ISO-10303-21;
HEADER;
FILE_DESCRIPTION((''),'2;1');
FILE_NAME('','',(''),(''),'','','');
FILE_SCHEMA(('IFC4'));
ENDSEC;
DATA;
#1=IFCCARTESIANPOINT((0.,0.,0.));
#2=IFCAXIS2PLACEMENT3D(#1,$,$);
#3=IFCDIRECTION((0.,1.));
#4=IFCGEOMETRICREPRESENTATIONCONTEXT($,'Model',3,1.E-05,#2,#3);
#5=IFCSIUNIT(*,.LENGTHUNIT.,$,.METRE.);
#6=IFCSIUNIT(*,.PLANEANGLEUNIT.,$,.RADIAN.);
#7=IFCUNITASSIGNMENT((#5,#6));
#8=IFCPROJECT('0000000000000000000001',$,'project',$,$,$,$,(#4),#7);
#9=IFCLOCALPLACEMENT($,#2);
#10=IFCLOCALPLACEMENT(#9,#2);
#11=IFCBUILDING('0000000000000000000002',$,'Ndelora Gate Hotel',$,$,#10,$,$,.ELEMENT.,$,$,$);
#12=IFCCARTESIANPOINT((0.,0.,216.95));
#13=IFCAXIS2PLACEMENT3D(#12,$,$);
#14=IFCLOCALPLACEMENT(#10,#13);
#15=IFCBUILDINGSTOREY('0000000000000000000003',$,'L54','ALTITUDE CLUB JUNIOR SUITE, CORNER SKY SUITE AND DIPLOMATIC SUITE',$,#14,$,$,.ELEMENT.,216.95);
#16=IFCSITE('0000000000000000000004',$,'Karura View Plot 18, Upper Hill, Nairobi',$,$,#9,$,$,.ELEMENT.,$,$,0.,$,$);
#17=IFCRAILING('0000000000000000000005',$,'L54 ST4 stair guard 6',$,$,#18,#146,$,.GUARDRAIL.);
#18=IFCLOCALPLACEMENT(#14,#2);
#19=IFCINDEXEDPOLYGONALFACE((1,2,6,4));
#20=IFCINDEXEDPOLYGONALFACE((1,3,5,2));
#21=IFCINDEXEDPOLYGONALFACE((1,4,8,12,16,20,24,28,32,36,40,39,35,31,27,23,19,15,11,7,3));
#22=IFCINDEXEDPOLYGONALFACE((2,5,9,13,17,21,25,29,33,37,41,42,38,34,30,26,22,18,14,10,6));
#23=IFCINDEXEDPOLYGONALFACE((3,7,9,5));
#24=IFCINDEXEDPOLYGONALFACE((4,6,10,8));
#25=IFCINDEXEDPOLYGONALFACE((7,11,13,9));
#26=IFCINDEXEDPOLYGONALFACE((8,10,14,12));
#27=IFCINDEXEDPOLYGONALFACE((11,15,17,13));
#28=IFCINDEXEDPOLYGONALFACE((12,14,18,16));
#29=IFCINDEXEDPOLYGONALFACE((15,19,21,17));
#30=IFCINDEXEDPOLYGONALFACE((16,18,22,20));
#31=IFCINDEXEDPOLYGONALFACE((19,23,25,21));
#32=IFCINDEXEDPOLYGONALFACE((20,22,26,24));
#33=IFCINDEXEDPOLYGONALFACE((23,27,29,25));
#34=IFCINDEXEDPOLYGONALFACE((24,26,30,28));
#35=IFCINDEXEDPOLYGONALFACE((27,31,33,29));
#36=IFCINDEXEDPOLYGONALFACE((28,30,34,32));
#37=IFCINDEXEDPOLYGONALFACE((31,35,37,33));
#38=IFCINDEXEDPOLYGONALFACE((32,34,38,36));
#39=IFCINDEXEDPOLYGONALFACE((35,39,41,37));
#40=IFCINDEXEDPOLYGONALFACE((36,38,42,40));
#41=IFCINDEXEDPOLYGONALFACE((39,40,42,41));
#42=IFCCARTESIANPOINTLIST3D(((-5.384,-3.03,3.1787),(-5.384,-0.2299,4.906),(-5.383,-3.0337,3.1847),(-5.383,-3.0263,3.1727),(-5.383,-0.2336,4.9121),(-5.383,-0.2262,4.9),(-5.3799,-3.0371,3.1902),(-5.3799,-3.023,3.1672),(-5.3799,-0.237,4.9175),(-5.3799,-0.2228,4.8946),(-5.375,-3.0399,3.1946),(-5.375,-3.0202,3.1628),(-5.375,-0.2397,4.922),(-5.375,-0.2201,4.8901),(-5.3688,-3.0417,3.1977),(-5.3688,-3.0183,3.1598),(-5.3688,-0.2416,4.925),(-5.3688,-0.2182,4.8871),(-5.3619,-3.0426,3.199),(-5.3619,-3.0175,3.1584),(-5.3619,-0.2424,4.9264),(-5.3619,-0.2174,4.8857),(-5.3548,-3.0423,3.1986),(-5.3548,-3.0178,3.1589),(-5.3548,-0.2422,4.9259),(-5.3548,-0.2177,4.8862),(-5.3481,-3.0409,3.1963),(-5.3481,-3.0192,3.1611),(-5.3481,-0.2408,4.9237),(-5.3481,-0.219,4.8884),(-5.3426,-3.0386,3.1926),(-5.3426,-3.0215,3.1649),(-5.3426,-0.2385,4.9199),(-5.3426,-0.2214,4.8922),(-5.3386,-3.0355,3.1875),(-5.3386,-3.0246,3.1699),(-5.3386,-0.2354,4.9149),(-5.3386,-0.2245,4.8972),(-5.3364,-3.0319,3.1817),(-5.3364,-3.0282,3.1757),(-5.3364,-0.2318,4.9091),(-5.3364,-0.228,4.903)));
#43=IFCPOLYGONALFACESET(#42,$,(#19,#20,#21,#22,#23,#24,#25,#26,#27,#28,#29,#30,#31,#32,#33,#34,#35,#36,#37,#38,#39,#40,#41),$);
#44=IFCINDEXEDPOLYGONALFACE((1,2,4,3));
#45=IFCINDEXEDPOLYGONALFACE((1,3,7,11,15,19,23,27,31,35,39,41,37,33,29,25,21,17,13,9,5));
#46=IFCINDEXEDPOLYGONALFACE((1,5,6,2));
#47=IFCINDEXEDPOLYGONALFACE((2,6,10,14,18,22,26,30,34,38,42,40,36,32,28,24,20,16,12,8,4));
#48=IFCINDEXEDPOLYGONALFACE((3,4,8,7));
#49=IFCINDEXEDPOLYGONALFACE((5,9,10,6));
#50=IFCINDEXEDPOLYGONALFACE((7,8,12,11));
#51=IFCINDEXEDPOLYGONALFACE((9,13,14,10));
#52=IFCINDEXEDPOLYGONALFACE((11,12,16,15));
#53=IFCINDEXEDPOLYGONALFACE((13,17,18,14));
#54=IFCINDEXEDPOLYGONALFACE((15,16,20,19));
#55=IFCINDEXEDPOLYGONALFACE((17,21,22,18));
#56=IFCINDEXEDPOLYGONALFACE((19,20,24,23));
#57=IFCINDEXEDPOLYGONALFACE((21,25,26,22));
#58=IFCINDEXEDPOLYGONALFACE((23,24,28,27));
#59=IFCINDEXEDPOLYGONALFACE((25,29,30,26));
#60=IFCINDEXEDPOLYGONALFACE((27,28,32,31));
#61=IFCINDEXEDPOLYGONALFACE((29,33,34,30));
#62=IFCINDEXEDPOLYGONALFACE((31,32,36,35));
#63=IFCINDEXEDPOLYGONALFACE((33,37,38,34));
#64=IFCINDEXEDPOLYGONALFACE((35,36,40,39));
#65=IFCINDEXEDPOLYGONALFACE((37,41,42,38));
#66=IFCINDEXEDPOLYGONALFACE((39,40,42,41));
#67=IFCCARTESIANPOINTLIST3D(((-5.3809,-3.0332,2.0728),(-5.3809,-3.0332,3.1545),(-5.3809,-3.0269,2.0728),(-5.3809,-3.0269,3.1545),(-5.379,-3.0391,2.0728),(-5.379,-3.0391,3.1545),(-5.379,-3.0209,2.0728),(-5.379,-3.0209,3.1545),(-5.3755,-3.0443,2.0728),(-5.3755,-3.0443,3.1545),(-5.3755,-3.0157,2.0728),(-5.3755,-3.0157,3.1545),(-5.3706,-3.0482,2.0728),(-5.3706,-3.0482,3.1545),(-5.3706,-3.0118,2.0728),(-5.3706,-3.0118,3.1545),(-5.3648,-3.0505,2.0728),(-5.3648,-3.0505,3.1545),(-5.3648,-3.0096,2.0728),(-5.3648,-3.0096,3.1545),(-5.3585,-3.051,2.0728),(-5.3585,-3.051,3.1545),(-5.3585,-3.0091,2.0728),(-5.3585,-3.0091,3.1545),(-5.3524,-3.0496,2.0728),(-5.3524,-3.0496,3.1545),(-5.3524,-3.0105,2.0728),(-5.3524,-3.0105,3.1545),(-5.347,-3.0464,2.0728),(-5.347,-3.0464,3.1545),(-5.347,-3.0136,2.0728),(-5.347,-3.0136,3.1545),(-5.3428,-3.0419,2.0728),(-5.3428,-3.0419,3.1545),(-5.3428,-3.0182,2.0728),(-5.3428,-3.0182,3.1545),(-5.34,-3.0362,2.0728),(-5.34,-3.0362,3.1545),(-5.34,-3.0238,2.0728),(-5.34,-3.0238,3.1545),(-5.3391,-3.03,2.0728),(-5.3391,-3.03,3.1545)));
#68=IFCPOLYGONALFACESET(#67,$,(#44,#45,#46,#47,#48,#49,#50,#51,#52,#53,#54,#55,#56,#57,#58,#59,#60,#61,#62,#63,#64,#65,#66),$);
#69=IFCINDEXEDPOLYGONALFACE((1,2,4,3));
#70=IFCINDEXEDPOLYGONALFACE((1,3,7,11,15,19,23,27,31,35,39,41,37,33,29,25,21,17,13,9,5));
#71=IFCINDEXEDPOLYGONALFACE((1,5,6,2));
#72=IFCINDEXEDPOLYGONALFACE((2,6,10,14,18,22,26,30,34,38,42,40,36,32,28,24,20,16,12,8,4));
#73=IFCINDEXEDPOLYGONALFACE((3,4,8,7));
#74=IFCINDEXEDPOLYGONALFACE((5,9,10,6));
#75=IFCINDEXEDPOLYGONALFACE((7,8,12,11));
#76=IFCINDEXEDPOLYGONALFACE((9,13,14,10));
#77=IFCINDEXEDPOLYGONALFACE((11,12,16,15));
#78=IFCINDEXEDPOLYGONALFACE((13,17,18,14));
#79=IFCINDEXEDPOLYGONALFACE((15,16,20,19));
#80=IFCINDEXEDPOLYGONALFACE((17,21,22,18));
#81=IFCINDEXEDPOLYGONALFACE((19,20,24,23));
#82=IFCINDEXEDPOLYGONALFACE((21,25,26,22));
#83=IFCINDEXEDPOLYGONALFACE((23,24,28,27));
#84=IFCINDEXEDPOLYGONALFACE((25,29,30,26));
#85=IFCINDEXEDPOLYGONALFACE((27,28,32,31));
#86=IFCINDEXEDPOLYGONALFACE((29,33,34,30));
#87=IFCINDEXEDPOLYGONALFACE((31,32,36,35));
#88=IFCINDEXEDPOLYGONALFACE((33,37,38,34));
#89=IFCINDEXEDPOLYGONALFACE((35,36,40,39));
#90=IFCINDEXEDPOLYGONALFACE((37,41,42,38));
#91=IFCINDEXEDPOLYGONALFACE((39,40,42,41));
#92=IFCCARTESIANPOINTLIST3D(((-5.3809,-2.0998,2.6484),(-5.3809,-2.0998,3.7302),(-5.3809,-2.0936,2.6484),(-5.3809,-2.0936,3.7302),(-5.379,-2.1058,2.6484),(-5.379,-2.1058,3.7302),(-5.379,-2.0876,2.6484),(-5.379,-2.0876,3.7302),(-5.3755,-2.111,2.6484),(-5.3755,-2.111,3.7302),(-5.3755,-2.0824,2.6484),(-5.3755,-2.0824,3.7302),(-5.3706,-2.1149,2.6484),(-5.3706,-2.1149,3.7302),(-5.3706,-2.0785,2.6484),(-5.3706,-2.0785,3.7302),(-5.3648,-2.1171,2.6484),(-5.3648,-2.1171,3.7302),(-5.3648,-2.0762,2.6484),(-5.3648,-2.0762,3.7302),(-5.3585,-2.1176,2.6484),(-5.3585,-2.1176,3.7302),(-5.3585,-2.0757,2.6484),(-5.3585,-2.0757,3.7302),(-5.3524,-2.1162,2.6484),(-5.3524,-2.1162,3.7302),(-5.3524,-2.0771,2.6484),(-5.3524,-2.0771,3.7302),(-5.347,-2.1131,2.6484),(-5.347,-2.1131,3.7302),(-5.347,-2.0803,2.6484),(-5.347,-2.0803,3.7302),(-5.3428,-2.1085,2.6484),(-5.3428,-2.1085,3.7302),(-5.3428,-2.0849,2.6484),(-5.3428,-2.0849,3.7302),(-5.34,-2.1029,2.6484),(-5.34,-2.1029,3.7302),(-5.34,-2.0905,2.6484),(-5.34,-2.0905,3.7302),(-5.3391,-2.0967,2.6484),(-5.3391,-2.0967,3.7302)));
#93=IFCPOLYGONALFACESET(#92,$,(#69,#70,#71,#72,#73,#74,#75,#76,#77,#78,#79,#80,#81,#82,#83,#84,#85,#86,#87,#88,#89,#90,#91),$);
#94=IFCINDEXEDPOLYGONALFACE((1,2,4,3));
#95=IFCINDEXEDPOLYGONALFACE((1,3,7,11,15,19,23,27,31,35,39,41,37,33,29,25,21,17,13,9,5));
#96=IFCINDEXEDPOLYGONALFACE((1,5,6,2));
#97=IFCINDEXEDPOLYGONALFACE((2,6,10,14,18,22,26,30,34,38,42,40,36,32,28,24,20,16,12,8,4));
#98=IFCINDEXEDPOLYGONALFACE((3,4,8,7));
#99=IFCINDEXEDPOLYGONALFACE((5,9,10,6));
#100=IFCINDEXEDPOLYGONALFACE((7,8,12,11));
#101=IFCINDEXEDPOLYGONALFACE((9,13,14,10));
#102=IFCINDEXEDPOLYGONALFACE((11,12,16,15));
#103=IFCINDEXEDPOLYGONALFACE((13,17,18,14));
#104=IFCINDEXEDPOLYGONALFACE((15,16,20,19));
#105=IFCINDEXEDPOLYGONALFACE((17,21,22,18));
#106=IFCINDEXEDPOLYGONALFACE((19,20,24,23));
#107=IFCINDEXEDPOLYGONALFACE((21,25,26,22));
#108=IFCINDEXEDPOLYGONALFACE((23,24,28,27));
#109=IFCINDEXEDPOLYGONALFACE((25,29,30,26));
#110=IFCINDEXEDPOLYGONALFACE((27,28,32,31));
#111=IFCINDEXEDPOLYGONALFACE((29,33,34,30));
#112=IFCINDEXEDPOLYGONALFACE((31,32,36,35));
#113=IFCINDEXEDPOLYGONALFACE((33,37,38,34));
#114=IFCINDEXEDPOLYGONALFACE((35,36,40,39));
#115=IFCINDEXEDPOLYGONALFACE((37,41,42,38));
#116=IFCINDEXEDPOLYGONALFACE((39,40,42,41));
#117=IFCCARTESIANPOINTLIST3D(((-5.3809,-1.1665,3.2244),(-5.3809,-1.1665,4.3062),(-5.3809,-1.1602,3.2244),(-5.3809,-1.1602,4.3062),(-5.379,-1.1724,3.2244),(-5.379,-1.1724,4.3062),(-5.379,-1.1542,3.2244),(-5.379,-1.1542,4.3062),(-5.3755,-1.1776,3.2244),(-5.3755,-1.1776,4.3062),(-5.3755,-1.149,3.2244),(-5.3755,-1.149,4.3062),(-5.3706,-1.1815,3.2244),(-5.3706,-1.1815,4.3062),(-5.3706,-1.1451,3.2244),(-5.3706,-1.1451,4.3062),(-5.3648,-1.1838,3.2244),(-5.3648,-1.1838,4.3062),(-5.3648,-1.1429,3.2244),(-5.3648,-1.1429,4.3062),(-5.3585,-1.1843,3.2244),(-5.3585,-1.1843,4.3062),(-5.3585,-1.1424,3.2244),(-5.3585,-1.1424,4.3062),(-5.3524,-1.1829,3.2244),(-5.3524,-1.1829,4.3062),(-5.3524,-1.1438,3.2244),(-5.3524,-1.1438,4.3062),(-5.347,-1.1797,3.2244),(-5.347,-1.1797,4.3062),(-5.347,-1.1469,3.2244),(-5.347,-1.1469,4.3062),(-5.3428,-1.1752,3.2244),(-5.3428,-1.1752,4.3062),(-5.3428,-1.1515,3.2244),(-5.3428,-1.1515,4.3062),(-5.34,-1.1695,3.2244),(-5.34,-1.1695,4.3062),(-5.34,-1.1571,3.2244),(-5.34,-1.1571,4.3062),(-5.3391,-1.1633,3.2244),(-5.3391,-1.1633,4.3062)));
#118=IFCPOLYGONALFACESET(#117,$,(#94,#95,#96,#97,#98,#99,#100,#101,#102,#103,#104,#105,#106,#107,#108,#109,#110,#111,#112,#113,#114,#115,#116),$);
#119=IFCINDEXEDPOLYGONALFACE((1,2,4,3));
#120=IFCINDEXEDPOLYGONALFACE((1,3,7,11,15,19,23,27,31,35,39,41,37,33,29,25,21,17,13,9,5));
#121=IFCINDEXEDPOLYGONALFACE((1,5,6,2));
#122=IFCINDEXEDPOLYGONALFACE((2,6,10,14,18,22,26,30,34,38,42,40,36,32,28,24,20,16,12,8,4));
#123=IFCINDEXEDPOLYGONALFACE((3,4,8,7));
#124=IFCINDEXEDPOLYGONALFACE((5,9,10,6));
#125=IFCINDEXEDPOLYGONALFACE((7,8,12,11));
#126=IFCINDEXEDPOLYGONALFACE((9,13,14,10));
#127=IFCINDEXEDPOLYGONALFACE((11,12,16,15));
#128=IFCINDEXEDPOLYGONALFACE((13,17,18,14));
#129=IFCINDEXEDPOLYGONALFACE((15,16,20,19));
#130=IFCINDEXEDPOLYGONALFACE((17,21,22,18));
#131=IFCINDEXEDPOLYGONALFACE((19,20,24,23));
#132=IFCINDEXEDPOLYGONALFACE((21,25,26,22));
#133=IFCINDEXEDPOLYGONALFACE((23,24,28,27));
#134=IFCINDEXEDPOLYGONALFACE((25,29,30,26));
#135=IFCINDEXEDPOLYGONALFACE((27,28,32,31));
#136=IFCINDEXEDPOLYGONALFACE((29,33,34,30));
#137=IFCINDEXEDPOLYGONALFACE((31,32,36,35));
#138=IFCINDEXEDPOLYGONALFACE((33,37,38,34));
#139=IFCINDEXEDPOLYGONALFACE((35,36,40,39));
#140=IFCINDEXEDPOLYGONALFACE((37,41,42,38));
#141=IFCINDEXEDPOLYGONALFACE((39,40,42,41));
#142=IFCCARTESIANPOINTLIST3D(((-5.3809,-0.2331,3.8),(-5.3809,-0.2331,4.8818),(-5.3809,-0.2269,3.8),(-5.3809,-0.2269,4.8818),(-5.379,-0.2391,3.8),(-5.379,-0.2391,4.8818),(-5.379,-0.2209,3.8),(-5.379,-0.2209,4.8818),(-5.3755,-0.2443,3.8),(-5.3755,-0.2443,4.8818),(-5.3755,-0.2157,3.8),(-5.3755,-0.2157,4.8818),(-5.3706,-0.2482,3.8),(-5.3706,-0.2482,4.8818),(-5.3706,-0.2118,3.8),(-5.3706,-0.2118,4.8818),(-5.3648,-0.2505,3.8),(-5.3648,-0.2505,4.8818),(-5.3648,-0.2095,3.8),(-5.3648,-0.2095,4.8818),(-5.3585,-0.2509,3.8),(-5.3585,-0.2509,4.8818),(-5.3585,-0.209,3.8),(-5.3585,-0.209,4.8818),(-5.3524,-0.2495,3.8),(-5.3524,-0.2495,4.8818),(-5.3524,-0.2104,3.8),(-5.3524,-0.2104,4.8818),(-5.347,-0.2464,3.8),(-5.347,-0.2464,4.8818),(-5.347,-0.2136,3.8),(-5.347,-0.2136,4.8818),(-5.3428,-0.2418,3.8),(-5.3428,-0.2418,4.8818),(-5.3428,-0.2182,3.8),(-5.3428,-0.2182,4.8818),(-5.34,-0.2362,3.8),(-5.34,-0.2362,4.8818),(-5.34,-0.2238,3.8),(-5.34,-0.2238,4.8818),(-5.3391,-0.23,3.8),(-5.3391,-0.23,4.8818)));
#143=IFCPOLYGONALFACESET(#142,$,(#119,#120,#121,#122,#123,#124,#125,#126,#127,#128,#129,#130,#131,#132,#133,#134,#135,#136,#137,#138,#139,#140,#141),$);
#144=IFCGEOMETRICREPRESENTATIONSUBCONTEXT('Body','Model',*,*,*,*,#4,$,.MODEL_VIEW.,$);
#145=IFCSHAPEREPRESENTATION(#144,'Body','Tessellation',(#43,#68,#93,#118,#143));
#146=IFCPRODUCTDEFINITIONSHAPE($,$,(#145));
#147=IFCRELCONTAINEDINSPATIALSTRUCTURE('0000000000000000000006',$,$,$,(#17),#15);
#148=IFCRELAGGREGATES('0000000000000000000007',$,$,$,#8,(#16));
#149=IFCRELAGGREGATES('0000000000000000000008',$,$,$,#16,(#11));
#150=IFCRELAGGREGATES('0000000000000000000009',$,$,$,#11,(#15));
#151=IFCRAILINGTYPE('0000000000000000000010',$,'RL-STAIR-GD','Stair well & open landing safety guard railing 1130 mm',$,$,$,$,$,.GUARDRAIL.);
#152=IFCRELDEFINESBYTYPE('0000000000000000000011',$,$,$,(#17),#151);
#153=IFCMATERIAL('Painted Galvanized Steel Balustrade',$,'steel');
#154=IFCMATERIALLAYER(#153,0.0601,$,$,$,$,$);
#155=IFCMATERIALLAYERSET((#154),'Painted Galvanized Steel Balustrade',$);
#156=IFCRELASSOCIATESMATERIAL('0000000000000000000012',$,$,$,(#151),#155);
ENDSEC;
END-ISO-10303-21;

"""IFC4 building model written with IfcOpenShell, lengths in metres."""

from ifc_helpers import new_model, si_unit, direction, frame, origin, origin_2d, place, context, subcontext, project, spatial, circle, extrude, material, layer, layer_set, type_object, element, save


model = new_model("IFC4")

# Units and contexts
model_context = context("Model", 3, precision=1e-05, world=origin(), true_north=direction((0.0, 1.0)))
body_context = subcontext(model_context, "Body", "Model", "MODEL_VIEW")
ifc_project = project(units=[si_unit("LENGTHUNIT", "METRE"), si_unit("PLANEANGLEUNIT", "RADIAN")], contexts=[model_context])

# Site, building, storey
site_placement = place(None, origin())
site = spatial("IfcSite", under=ifc_project, at=site_placement, Name="Karura View Plot 18, Upper Hill, Nairobi", CompositionType="ELEMENT", RefElevation=0.0)
building_placement = place(site_placement, origin())
building = spatial("IfcBuilding", under=site, at=building_placement, Name="Ndelora Gate Hotel", CompositionType="ELEMENT")
storey_placement = place(building_placement, frame((0.0, 0.0, 216.95)))
storey = spatial("IfcBuildingStorey", under=building, at=storey_placement, Name="L54", Description="ALTITUDE CLUB JUNIOR SUITE, CORNER SKY SUITE AND DIPLOMATIC SUITE", CompositionType="ELEMENT", Elevation=216.95)

# Railing
ifc_material_1 = material(Name="Painted Galvanized Steel Balustrade", Category="steel")
ifc_layer_1 = layer(ifc_material_1, 0.0601)
ifc_layer_set_1 = layer_set([ifc_layer_1], Name="Painted Galvanized Steel Balustrade")
railing_type_1 = type_object("IfcRailingType", Name="RL-STAIR-GD", Description="Stair well & open landing safety guard railing 1130 mm", PredefinedType="GUARDRAIL", material=ifc_layer_set_1)
railing_1_placement = place(storey_placement, frame((-5.3601, -3.03, 2.0728)))
element("IfcRailing", 1, at=railing_1_placement, inside=storey, type_object=railing_type_1, Name="L54 ST4 stair guard 6", PredefinedType="GUARDRAIL", context=body_context, shape_type="SweptSolid", body=[
    extrude(circle(Radius=0.0239, at=origin_2d()), frame((0.0, 0.0, 1.106), z_axis=(0.0, 0.85109, 0.52502), x_axis=(-1.0, 0.0, 0.0)), (0.0, 0.0, 1.0), 3.29),
    extrude(circle(Radius=0.021, at=origin_2d()), origin(), (0.0, 0.0, 1.0), 1.0818),
    extrude(circle(Radius=0.021, at=origin_2d()), frame((0.0, 0.9333, 0.5757)), (0.0, 0.0, 1.0), 1.0818),
    extrude(circle(Radius=0.021, at=origin_2d()), frame((0.0, 1.8667, 1.1516)), (0.0, 0.0, 1.0), 1.0818),
    extrude(circle(Radius=0.021, at=origin_2d()), frame((0.0, 2.8, 1.7273)), (0.0, 0.0, 1.0), 1.0818),
])

save(model, "model.ifc")
